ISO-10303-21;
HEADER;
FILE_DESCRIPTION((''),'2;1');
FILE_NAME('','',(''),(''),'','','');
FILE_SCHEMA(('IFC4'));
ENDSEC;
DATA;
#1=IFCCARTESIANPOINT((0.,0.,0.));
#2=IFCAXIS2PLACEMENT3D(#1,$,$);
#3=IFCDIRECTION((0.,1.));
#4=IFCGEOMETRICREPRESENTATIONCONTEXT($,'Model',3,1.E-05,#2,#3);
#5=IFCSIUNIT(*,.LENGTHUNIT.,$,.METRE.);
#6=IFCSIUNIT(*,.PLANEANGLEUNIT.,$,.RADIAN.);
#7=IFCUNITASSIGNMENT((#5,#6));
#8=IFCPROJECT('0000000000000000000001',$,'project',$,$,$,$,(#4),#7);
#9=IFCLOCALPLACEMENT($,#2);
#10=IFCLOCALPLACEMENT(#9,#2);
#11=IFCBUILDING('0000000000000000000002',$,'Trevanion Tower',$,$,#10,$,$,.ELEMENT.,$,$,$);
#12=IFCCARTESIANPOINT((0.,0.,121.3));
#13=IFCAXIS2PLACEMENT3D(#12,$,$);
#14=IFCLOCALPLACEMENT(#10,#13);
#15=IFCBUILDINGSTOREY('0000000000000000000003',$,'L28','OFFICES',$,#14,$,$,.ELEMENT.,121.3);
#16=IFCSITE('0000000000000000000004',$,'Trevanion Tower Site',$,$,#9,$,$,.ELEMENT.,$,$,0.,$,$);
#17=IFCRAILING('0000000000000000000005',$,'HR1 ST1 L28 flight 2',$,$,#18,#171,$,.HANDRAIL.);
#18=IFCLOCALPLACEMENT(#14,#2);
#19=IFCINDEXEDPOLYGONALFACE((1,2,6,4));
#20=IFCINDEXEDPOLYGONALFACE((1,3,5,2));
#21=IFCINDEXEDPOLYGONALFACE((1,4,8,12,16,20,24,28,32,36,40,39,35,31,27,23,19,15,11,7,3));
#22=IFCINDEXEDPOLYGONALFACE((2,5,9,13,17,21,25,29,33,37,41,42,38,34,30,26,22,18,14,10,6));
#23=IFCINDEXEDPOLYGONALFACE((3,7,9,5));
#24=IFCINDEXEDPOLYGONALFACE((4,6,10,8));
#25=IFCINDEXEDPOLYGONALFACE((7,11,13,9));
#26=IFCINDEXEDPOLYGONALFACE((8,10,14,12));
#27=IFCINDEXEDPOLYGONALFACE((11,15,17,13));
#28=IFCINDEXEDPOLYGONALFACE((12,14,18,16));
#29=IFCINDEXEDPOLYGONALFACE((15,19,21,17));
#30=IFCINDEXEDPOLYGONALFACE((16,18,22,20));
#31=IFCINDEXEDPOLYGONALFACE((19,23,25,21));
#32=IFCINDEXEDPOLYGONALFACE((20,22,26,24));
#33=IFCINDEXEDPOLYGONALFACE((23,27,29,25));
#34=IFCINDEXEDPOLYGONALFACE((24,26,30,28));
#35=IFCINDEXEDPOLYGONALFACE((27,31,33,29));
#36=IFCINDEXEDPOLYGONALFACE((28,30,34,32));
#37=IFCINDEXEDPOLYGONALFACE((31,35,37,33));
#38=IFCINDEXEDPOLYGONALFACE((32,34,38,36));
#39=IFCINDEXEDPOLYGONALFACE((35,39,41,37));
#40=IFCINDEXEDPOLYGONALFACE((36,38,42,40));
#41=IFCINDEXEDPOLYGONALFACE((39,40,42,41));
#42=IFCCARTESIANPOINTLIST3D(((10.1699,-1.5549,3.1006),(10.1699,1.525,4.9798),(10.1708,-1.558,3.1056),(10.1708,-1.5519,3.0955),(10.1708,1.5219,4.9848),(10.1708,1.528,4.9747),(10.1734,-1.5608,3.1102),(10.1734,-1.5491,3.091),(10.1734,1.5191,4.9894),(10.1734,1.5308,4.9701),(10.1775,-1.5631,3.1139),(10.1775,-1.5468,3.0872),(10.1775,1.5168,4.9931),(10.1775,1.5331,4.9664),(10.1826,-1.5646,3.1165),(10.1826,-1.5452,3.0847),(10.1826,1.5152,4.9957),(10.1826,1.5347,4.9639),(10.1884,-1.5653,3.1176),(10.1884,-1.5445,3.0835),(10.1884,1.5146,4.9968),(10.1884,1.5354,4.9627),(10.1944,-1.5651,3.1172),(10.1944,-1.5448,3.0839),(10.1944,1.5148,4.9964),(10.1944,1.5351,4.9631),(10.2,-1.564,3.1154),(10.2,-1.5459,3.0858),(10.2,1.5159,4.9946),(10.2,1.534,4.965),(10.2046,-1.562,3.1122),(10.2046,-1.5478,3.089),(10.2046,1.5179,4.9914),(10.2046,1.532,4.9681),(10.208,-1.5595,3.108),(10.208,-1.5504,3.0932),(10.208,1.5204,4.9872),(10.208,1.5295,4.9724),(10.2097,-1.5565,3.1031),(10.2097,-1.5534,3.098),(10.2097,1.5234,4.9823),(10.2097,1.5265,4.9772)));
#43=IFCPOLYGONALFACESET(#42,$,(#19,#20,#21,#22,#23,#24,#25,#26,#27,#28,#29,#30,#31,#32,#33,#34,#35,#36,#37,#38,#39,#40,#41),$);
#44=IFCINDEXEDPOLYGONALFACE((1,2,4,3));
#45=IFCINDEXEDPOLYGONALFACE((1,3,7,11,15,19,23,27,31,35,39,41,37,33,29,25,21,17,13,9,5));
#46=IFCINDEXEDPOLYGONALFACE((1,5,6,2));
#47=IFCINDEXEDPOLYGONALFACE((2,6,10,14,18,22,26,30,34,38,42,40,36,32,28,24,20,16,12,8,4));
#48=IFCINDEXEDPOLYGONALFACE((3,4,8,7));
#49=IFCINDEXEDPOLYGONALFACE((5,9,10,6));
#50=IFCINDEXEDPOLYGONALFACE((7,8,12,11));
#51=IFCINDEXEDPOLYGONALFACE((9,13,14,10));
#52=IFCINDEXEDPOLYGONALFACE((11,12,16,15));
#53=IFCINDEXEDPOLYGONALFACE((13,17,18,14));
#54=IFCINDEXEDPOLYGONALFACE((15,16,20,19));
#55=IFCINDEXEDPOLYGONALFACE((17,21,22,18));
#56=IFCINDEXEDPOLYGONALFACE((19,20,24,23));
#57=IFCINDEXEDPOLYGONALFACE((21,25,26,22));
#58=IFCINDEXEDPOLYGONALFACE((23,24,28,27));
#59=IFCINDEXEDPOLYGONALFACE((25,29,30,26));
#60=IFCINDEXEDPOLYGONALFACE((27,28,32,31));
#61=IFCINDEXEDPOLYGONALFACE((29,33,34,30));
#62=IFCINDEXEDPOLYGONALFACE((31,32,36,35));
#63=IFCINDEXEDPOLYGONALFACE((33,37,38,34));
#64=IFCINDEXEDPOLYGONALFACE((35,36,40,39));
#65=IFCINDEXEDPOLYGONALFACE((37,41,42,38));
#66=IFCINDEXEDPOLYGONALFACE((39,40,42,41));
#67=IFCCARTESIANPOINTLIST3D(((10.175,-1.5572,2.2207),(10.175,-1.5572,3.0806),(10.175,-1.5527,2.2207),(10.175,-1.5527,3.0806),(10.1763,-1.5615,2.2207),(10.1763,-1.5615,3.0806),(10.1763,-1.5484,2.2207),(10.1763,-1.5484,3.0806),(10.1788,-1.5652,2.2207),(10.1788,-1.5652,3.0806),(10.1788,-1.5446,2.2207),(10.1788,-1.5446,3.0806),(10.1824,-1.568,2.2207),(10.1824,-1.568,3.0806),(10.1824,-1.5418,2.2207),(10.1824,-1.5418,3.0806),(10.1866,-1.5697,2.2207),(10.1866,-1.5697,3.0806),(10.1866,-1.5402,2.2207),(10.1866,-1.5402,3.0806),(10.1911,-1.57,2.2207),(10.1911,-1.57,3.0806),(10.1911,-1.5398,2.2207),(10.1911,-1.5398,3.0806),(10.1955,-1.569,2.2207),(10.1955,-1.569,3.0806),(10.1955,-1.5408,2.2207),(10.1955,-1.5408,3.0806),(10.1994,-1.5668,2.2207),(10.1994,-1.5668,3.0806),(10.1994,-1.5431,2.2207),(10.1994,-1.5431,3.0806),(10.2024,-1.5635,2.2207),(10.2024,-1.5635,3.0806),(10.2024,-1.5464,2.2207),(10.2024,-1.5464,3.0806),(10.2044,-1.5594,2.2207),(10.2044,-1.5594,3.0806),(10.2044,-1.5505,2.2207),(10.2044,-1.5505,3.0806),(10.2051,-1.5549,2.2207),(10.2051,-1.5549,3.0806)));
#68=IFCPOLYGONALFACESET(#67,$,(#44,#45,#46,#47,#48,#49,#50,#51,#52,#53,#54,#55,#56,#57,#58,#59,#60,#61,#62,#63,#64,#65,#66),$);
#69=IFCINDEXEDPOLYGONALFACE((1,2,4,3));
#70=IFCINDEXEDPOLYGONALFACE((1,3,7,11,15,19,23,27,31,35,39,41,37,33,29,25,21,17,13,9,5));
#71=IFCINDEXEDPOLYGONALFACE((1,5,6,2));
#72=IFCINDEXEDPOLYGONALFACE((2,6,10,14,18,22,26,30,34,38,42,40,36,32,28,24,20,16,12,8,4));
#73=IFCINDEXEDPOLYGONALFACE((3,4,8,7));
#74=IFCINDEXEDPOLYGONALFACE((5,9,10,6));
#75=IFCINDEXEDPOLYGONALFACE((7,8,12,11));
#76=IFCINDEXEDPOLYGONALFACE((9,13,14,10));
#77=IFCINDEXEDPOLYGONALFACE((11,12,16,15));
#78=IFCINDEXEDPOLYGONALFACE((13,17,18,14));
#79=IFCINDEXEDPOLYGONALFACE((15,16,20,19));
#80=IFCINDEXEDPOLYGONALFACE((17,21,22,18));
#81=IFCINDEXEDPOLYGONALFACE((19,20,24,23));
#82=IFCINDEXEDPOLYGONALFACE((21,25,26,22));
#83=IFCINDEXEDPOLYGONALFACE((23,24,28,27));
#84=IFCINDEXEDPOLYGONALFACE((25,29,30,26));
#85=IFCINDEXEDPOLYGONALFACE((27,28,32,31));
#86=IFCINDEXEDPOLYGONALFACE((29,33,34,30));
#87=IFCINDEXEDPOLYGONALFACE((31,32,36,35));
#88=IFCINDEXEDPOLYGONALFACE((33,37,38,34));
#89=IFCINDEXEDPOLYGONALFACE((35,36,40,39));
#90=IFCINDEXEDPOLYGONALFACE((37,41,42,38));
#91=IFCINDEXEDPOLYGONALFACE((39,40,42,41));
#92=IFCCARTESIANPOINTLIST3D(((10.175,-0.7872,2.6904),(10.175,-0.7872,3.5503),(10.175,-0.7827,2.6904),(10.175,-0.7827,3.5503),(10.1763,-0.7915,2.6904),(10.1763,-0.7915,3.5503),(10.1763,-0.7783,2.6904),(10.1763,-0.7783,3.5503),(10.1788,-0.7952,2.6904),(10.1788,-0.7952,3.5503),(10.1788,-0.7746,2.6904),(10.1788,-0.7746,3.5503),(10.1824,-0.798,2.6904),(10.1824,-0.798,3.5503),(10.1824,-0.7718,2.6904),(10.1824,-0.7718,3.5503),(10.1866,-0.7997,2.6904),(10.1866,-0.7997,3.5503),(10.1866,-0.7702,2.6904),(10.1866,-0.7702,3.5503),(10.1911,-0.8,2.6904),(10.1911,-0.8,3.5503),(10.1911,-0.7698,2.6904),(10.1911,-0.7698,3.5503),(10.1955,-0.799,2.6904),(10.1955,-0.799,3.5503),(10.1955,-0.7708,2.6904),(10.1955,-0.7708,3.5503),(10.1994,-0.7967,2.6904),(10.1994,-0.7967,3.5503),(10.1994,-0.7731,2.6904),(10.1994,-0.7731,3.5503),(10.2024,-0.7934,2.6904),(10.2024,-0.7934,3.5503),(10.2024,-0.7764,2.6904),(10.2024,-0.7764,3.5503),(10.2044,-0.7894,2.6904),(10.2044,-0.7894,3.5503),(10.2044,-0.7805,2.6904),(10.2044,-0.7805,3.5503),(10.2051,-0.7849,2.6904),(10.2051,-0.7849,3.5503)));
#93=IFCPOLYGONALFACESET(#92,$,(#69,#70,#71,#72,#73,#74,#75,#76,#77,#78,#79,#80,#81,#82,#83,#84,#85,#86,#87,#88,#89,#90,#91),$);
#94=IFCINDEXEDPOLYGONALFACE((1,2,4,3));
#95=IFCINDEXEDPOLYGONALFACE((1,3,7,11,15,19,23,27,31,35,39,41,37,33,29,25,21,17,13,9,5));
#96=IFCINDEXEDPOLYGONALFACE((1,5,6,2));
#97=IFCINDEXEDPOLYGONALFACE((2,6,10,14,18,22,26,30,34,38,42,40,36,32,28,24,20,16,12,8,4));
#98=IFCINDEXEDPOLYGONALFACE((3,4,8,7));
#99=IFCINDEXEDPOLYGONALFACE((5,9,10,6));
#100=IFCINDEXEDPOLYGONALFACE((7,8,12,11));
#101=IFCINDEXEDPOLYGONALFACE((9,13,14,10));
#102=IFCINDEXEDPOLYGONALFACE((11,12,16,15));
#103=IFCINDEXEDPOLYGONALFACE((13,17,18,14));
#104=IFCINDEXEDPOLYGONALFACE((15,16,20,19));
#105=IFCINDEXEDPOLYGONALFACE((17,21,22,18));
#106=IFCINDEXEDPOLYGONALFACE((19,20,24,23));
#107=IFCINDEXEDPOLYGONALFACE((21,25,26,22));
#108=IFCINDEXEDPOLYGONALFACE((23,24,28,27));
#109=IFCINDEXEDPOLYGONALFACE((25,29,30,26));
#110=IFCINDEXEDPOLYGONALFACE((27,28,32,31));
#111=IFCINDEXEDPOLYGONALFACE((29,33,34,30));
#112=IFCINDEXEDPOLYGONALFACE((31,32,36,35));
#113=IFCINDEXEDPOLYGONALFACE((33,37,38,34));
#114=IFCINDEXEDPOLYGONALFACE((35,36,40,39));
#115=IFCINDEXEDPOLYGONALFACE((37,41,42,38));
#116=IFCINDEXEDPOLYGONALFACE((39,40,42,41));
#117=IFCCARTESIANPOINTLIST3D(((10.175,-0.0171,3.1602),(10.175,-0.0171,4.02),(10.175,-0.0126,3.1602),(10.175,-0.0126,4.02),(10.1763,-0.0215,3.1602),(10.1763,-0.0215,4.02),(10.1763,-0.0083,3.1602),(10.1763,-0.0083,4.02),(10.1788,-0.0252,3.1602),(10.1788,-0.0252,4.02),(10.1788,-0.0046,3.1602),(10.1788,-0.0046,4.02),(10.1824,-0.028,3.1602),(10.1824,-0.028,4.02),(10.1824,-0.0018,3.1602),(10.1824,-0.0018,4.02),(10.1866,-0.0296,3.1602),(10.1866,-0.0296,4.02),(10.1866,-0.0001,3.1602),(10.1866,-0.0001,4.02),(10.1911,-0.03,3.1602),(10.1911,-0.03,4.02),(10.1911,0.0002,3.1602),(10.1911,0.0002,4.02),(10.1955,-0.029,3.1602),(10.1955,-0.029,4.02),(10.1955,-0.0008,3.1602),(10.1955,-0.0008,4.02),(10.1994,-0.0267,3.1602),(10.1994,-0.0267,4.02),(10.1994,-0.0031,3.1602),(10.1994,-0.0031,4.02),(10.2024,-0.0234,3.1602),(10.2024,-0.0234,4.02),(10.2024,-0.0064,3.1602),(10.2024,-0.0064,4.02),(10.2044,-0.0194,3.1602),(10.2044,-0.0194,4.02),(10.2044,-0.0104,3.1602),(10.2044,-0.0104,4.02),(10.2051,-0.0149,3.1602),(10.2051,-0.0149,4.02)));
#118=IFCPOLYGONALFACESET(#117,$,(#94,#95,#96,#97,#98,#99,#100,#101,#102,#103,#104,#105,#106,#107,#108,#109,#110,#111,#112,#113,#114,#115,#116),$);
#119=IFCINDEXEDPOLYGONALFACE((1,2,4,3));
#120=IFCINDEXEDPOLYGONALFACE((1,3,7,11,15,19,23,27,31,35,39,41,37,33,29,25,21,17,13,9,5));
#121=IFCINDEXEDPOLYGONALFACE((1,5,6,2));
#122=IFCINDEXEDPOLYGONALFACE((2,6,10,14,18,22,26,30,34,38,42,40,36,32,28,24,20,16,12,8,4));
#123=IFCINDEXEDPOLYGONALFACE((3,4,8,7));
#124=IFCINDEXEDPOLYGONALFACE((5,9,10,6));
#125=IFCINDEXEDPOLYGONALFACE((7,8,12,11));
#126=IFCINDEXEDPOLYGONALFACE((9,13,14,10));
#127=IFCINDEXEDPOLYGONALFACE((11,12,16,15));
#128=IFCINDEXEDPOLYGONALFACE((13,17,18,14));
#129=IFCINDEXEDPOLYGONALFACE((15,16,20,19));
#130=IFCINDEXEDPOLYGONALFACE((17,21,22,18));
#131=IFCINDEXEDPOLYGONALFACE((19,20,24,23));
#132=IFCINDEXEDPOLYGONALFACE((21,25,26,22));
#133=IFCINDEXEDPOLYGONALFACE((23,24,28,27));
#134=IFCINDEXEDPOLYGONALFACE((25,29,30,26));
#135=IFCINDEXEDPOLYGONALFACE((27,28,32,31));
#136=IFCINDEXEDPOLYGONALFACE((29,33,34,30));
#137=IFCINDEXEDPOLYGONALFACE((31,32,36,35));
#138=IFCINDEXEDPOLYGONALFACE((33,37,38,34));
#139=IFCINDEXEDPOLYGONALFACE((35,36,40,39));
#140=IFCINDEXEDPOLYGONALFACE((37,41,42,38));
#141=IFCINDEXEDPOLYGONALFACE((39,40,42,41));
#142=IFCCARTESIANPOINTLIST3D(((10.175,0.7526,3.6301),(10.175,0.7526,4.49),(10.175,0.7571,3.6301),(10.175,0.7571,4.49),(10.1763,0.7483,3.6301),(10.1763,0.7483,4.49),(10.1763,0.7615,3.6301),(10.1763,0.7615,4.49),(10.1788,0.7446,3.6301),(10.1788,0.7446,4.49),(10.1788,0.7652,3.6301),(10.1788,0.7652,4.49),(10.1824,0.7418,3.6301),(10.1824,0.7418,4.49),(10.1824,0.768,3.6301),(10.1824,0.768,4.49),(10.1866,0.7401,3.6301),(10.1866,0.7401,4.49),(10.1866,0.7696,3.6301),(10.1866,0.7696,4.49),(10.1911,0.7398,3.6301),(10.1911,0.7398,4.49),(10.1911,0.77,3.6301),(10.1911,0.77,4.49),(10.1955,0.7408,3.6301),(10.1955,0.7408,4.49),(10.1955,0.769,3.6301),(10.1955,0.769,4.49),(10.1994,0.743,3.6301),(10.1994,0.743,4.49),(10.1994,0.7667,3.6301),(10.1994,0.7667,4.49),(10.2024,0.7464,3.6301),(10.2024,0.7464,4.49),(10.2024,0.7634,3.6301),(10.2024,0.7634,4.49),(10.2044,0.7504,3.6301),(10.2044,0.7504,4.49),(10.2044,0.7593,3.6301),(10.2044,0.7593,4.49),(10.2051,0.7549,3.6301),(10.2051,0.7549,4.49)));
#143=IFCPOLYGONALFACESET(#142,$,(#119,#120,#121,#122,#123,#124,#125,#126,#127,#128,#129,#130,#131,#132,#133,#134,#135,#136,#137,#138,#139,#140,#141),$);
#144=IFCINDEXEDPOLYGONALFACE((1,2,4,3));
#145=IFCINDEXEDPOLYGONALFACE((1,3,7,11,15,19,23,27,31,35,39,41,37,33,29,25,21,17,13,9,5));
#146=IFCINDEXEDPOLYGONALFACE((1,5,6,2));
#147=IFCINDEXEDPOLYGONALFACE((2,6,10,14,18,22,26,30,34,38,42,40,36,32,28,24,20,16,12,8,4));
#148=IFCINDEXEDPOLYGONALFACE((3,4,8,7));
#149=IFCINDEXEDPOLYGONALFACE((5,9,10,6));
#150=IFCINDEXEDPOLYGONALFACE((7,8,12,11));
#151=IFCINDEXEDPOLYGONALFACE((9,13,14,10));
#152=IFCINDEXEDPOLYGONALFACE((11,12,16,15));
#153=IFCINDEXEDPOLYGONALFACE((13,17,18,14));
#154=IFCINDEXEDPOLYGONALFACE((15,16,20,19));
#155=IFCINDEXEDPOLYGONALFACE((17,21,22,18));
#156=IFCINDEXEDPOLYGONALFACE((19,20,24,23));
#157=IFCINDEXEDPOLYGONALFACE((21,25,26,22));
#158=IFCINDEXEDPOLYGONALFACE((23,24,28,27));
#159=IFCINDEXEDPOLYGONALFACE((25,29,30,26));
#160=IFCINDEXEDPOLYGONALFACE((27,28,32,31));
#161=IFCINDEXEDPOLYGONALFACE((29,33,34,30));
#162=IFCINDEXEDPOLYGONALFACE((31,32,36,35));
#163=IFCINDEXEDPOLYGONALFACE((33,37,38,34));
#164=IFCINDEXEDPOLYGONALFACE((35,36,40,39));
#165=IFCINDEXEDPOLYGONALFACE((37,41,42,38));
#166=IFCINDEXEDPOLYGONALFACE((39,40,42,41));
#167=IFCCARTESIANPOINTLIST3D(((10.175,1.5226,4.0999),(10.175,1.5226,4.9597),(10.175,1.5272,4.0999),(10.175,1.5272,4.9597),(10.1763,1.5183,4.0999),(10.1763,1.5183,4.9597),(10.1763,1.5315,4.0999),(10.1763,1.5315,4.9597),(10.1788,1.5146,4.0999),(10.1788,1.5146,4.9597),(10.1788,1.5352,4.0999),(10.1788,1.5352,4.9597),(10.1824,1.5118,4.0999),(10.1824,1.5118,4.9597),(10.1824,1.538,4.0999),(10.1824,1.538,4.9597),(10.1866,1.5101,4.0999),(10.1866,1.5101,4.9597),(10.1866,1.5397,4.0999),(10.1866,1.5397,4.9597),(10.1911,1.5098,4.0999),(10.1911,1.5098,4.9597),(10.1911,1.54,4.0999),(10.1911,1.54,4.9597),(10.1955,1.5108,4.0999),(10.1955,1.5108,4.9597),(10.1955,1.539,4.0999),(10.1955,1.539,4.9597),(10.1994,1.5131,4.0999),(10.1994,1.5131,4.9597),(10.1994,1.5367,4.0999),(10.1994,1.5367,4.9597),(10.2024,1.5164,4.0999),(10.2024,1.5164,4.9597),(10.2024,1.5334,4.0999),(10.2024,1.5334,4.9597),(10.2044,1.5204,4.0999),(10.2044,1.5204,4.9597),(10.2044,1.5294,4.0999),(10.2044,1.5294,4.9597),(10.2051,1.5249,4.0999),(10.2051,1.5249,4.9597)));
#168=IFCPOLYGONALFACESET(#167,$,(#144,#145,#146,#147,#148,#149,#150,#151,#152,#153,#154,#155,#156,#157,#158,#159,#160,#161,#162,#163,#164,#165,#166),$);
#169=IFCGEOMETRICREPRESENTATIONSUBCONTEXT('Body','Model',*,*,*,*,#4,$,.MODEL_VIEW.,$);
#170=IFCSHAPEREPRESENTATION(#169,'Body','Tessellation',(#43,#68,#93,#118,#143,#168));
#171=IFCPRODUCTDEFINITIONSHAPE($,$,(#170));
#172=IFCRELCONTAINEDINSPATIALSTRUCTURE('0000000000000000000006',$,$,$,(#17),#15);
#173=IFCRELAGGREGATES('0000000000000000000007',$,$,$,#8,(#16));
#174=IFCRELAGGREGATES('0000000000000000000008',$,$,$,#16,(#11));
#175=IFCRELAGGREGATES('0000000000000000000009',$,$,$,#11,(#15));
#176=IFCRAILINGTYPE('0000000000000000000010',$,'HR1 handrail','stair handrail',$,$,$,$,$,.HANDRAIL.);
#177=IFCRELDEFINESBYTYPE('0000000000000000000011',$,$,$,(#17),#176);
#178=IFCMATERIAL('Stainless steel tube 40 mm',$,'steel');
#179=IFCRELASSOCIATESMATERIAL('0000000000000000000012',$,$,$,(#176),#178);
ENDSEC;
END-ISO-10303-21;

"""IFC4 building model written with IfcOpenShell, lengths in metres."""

from ifc_helpers import new_model, si_unit, direction, frame, origin, origin_2d, place, context, subcontext, project, spatial, circle, extrude, material, type_object, element, save


model = new_model("IFC4")

# Units and contexts
model_context = context("Model", 3, precision=1e-05, world=origin(), true_north=direction((0.0, 1.0)))
body_context = subcontext(model_context, "Body", "Model", "MODEL_VIEW")
ifc_project = project(units=[si_unit("LENGTHUNIT", "METRE"), si_unit("PLANEANGLEUNIT", "RADIAN")], contexts=[model_context])

# Site, building, storey
site_placement = place(None, origin())
site = spatial("IfcSite", under=ifc_project, at=site_placement, Name="Trevanion Tower Site", CompositionType="ELEMENT", RefElevation=0.0)
building_placement = place(site_placement, origin())
building = spatial("IfcBuilding", under=site, at=building_placement, Name="Trevanion Tower", CompositionType="ELEMENT")
storey_placement = place(building_placement, frame((0.0, 0.0, 121.3)))
storey = spatial("IfcBuildingStorey", under=building, at=storey_placement, Name="L28", Description="OFFICES", CompositionType="ELEMENT", Elevation=121.3)

# Railing
ifc_material_1 = material(Name="Stainless steel tube 40 mm", Category="steel")
railing_type = type_object("IfcRailingType", Name="HR1 handrail", Description="stair handrail", PredefinedType="HANDRAIL", material=ifc_material_1)
for number, where, name in (
    (1, (10.1899, -1.5549, 2.2207), "HR1 ST1 L28 flight 2"),
):
    element("IfcRailing", number, at=place(storey_placement, frame(where)), inside=storey, type_object=railing_type, Name=name, PredefinedType="HANDRAIL", context=body_context, shape_type="SweptSolid", body=[
        extrude(circle(Radius=0.02, at=origin_2d()), frame((0.0, 0.0, 0.8799), z_axis=(0.0, 0.853648, 0.52085), x_axis=(-1.0, 0.0, 0.0)), (0.0, 0.0, 1.0), 3.6079),
        extrude(circle(Radius=0.0151, at=origin_2d()), origin(), (0.0, 0.0, 1.0), 0.8599),
        extrude(circle(Radius=0.0151, at=origin_2d()), frame((0.0, 0.77, 0.4697)), (0.0, 0.0, 1.0), 0.8599),
        extrude(circle(Radius=0.0151, at=origin_2d()), frame((0.0, 1.54, 0.9395)), (0.0, 0.0, 1.0), 0.8599),
        extrude(circle(Radius=0.0151, at=origin_2d()), frame((0.0, 2.3098, 1.4094)), (0.0, 0.0, 1.0), 0.8599),
        extrude(circle(Radius=0.0151, at=origin_2d()), frame((0.0, 3.0798, 1.8792)), (0.0, 0.0, 1.0), 0.8599),
    ])

save(model, "model.ifc")
